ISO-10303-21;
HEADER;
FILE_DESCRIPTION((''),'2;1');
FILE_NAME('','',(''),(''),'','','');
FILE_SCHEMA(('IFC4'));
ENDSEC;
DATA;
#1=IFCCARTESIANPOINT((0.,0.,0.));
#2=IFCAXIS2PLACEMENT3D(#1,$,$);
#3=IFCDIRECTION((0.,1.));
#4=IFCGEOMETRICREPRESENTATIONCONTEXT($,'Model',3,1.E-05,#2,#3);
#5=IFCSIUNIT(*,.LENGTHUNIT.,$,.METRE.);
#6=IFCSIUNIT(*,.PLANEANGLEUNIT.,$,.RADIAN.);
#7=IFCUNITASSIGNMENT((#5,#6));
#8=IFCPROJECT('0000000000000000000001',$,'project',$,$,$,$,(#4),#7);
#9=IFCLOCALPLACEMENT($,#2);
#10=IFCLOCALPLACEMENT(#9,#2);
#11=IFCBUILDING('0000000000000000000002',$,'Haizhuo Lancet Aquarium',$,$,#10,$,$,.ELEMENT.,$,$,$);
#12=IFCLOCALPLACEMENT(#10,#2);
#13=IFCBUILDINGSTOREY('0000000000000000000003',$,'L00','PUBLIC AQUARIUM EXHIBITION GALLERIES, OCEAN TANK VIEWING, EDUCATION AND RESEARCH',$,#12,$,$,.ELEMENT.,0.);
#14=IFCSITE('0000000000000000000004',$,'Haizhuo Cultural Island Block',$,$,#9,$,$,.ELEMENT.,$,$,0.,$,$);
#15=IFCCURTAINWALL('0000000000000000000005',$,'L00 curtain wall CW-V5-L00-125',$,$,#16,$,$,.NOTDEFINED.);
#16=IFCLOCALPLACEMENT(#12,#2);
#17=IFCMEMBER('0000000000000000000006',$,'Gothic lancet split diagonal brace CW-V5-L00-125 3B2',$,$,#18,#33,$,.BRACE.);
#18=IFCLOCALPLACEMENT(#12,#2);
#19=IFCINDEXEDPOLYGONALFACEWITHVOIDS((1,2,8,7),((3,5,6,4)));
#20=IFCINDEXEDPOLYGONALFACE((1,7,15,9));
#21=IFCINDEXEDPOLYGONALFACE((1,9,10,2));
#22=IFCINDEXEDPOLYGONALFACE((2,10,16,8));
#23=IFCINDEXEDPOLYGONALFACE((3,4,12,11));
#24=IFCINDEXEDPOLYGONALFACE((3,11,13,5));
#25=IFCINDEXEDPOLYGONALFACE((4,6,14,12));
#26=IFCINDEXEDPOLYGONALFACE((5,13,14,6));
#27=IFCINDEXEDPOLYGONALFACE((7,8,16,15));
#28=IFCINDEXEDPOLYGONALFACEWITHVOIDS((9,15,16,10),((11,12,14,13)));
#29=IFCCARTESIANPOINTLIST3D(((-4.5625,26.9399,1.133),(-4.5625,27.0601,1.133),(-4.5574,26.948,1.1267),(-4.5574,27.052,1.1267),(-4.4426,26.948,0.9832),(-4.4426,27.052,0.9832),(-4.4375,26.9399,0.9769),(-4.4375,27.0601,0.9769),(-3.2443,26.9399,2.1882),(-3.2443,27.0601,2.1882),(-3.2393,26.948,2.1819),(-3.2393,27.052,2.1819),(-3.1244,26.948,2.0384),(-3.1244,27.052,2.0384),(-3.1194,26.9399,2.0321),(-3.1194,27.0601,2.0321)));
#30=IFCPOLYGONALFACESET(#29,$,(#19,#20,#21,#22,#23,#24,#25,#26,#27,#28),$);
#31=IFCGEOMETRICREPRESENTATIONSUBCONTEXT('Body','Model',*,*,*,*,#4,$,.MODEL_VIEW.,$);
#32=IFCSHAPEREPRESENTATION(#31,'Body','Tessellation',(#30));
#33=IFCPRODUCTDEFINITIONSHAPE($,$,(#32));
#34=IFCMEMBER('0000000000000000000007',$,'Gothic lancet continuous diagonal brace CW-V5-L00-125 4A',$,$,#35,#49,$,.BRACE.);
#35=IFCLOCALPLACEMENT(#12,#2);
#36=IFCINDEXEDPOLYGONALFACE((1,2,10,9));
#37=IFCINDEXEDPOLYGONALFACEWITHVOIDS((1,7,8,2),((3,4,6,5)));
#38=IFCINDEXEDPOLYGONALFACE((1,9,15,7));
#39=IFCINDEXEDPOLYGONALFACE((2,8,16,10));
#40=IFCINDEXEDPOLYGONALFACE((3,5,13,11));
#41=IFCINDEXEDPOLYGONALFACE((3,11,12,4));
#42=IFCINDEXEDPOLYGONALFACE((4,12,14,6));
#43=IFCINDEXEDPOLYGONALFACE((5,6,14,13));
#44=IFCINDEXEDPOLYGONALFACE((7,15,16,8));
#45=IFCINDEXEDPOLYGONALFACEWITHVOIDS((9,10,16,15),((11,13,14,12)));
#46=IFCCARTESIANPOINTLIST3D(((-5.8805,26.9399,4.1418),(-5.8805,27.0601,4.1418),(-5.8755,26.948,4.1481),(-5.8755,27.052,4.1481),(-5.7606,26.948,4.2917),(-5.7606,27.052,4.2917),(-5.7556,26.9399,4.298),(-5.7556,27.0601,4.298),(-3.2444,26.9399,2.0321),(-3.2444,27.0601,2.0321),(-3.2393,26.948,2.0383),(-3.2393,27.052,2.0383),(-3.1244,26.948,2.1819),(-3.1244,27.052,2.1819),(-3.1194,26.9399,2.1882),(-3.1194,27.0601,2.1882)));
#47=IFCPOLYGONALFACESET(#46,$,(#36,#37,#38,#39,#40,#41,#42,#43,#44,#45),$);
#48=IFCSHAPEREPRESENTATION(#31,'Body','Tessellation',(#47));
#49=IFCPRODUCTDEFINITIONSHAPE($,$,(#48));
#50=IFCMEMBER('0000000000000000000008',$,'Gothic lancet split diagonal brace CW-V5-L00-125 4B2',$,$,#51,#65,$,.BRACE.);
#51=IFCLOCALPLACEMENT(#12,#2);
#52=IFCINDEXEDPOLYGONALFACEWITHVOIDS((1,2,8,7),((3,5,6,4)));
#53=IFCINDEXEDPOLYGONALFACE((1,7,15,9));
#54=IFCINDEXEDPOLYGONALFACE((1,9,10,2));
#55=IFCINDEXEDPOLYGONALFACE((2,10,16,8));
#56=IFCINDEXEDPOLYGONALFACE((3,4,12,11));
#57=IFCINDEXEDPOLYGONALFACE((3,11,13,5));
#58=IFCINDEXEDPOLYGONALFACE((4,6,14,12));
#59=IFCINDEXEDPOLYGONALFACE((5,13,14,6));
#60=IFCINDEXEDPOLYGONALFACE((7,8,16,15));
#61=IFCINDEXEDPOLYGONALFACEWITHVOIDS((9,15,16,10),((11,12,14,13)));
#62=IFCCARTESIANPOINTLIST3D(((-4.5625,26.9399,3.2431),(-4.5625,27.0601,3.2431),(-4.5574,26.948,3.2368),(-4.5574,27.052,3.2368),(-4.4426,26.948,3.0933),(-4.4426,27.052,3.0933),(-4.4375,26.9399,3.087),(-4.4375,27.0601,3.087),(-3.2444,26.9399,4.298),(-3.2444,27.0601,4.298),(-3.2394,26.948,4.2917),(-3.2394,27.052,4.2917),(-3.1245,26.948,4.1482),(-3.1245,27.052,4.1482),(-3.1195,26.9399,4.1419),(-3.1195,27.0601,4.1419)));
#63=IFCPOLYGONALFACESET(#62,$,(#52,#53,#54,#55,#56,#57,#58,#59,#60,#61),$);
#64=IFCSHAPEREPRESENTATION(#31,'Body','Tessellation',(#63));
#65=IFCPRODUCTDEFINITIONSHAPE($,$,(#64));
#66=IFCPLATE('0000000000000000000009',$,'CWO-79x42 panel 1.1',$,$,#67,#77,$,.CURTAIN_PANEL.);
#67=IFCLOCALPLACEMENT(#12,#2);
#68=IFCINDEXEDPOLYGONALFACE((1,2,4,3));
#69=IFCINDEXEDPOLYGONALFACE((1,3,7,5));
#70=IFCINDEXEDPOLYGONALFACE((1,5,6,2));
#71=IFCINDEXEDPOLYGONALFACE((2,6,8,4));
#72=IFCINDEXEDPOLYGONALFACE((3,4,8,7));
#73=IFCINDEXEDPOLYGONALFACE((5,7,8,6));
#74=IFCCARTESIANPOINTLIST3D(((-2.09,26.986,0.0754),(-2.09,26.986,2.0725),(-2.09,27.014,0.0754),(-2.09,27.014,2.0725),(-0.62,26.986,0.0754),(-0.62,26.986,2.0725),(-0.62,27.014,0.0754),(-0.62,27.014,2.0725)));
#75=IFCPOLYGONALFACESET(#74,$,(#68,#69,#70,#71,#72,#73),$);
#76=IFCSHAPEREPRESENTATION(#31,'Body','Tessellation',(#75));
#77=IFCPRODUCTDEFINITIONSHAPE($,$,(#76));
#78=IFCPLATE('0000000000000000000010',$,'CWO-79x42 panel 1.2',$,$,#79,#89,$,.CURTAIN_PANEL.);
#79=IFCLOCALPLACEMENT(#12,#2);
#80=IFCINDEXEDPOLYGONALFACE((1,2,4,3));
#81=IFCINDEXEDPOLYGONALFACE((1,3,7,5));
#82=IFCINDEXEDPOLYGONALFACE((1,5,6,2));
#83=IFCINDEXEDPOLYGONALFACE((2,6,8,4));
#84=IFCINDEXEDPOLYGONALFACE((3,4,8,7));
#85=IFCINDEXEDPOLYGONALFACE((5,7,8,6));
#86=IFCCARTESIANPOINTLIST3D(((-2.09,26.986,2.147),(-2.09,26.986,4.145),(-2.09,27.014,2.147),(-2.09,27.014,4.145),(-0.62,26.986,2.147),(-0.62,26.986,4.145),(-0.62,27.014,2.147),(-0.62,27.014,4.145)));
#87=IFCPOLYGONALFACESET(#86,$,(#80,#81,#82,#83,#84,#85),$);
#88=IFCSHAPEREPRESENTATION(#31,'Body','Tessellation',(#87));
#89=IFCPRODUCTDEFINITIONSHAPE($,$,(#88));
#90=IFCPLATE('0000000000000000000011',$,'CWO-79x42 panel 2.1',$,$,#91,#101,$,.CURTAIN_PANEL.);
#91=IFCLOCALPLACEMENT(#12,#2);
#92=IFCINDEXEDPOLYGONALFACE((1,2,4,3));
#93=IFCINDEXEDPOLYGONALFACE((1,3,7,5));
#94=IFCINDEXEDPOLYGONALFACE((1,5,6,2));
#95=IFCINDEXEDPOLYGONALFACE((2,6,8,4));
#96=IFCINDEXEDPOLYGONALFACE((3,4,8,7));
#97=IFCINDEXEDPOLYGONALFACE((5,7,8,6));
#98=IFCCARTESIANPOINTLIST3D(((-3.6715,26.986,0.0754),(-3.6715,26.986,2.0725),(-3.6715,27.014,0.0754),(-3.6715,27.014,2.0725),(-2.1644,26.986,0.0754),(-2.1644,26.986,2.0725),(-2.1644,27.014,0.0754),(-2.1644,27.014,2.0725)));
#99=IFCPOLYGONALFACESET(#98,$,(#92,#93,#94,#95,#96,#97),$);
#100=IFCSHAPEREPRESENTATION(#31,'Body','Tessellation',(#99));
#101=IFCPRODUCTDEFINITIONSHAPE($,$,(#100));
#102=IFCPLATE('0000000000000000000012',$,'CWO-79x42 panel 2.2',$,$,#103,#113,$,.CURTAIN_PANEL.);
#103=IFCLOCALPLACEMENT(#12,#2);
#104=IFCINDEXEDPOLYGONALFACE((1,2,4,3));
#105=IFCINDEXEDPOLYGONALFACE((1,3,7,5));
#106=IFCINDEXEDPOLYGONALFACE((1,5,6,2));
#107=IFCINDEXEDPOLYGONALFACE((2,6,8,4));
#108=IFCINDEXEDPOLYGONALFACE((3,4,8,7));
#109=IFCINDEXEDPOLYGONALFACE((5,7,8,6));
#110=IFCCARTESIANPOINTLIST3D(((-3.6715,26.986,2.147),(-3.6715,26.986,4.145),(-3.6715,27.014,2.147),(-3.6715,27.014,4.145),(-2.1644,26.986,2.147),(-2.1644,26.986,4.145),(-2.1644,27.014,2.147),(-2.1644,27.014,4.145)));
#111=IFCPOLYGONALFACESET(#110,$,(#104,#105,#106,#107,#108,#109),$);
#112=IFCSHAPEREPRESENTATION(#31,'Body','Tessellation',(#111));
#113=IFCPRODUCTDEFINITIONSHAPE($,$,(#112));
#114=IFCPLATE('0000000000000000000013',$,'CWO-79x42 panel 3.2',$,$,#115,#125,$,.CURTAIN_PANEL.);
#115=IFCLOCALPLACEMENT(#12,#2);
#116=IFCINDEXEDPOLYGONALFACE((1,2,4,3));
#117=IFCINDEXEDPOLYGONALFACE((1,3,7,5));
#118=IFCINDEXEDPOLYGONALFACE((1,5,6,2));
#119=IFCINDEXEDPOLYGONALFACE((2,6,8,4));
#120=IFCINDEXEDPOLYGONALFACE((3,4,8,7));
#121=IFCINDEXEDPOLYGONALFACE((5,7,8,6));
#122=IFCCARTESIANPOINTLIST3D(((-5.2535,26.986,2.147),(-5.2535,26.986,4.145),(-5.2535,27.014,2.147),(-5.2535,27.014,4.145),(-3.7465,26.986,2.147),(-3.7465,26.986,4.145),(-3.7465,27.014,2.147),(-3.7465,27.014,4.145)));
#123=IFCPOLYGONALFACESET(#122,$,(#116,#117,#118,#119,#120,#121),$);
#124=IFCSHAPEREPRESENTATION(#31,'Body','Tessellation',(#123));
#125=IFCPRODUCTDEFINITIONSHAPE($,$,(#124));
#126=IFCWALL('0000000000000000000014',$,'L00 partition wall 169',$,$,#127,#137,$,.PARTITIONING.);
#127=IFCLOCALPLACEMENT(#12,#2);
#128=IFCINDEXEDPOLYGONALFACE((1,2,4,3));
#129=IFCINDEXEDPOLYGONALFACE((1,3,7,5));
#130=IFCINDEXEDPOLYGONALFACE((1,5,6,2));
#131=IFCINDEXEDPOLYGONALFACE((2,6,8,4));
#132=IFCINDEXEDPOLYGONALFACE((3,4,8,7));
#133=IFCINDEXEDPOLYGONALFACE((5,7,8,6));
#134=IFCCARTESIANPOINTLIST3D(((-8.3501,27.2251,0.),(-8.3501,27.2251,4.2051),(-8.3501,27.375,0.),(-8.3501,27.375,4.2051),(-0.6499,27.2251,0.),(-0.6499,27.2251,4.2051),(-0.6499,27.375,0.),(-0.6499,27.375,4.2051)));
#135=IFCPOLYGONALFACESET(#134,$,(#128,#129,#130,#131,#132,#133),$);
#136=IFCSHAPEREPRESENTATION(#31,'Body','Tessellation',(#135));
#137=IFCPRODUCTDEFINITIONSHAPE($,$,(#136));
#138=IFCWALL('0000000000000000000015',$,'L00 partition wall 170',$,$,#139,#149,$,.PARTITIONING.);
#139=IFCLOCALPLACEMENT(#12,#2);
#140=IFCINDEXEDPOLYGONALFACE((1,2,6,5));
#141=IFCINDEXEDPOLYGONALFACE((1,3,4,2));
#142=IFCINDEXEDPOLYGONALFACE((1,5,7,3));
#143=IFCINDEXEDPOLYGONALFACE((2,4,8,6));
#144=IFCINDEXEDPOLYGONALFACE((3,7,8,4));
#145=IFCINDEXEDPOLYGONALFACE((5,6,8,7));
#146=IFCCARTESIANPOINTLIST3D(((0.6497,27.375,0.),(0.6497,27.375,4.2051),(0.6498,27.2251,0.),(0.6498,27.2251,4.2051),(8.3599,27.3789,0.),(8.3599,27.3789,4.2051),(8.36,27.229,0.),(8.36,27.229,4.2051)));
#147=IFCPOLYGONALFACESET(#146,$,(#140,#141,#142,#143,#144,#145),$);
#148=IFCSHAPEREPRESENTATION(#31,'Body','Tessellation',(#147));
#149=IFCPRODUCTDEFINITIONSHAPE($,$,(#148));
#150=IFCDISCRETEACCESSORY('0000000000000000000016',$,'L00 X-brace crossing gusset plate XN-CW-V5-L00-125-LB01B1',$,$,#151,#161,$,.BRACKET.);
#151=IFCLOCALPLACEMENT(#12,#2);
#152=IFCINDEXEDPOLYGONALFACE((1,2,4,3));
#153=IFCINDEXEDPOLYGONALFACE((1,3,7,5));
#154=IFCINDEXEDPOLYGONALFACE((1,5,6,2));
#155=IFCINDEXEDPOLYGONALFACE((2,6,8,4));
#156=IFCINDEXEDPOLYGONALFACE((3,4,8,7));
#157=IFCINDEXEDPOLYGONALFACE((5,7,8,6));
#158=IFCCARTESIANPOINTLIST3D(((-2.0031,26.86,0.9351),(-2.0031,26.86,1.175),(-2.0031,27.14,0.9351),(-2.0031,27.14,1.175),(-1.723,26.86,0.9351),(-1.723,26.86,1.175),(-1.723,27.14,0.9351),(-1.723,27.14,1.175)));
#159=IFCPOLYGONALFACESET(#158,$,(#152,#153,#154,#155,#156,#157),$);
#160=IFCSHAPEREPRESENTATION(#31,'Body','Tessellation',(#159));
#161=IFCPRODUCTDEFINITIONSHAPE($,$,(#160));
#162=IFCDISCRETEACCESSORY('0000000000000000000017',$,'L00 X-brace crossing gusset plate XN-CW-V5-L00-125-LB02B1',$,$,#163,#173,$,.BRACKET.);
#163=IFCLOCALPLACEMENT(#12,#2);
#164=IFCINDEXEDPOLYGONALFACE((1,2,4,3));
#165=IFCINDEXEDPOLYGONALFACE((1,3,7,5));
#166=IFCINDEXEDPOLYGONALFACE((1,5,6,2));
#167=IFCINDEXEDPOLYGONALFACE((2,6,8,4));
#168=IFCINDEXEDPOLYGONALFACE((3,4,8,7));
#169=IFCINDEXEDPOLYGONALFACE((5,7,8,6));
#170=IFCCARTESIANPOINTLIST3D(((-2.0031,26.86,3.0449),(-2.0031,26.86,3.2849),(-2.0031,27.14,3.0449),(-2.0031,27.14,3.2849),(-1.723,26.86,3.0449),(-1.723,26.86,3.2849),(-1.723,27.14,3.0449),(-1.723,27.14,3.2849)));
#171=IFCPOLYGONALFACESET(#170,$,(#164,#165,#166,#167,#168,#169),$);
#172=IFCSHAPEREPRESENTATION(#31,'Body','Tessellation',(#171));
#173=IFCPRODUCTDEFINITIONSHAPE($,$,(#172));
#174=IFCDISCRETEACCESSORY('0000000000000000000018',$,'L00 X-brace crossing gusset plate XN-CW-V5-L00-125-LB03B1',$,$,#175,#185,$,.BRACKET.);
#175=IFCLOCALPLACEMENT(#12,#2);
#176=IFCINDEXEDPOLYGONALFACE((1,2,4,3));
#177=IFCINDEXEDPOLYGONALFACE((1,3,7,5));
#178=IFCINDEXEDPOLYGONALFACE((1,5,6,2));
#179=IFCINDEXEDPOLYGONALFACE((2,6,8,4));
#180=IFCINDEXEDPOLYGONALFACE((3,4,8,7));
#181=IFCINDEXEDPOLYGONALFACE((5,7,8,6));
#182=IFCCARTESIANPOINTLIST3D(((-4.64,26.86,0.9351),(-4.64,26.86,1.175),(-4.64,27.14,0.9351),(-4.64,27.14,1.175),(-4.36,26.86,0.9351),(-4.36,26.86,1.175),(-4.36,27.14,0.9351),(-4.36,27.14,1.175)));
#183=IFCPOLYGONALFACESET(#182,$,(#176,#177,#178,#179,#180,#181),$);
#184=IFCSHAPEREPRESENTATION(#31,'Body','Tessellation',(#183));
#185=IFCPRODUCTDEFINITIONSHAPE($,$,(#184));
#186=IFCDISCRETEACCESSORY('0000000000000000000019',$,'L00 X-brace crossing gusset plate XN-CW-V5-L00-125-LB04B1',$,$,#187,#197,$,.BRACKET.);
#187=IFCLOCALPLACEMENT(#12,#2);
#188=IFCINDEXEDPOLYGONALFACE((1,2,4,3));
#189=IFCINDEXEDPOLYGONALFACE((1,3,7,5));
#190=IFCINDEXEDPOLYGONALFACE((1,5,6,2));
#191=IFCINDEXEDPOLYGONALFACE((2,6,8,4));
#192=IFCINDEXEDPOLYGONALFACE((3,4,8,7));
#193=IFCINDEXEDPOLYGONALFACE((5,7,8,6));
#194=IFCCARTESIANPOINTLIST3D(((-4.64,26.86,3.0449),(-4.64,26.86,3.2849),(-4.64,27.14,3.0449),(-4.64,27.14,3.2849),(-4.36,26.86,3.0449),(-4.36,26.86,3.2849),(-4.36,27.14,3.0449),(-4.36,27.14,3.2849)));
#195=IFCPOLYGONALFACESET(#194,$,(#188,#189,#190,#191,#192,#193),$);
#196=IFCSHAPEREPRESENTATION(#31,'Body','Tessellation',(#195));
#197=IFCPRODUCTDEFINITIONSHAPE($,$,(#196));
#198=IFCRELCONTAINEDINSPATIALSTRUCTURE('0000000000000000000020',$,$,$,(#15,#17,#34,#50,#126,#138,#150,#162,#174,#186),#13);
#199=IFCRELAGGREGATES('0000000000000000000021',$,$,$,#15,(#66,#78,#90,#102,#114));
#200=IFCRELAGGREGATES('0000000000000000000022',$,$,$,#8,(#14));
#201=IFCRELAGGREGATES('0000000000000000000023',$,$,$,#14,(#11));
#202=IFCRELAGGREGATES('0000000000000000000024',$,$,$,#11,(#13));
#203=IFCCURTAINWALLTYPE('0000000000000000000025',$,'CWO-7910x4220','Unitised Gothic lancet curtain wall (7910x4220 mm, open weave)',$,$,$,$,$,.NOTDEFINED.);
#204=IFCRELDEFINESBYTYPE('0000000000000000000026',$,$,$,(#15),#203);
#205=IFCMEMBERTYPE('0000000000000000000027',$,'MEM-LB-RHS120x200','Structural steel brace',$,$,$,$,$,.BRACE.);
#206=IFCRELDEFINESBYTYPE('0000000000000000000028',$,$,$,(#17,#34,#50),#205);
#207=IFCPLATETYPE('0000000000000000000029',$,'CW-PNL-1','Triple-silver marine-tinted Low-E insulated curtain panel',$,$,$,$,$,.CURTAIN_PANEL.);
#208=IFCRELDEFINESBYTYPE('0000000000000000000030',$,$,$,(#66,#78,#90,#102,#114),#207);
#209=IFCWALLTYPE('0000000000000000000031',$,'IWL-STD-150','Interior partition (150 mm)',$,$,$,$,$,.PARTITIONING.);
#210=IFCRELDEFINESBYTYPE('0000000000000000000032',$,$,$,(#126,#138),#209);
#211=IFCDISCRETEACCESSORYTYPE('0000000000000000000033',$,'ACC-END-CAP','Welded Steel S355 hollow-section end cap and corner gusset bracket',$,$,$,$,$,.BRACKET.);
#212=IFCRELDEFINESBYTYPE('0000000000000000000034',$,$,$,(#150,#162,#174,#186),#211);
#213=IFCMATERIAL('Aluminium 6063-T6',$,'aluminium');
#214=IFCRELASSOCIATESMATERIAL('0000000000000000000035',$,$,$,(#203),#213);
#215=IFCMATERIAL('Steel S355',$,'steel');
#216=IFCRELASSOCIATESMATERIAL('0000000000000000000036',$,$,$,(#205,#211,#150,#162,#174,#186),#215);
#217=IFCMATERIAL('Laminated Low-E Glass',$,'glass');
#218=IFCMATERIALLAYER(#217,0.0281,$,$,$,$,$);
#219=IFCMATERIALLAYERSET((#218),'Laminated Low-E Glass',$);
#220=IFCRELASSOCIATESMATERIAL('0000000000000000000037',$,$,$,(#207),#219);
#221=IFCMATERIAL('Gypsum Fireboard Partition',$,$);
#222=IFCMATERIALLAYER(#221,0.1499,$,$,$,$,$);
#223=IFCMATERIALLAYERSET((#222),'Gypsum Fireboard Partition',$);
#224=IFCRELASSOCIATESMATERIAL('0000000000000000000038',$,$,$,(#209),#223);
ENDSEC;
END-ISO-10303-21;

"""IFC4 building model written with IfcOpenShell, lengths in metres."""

from ifc_helpers import new_model, si_unit, direction, frame, frame_2d, origin, origin_2d, place, context, subcontext, project, spatial, rectangle, hollow_rectangle, extrude, material, layer, layer_set, material_profile, profile_set, type_object, element, aggregate, save


model = new_model("IFC4")

# Units and contexts
model_context = context("Model", 3, precision=1e-05, world=origin(), true_north=direction((0.0, 1.0)))
body_context = subcontext(model_context, "Body", "Model", "MODEL_VIEW")
ifc_project = project(units=[si_unit("LENGTHUNIT", "METRE"), si_unit("PLANEANGLEUNIT", "RADIAN")], contexts=[model_context])

# Site, building, storey
site_placement = place(None, origin())
site = spatial("IfcSite", under=ifc_project, at=site_placement, Name="Haizhuo Cultural Island Block", CompositionType="ELEMENT", RefElevation=0.0)
building_placement = place(site_placement, origin())
building = spatial("IfcBuilding", under=site, at=building_placement, Name="Haizhuo Lancet Aquarium", CompositionType="ELEMENT")
storey_placement = place(building_placement, origin())
storey = spatial("IfcBuildingStorey", under=building, at=storey_placement, Name="L00", Description="PUBLIC AQUARIUM EXHIBITION GALLERIES, OCEAN TANK VIEWING, EDUCATION AND RESEARCH", CompositionType="ELEMENT", Elevation=0.0)

# Curtain wall
ifc_material_1 = material(Name="Aluminium 6063-T6", Category="aluminium")
curtain_wall_type = type_object("IfcCurtainWallType", Name="CWO-7910x4220", Description="Unitised Gothic lancet curtain wall (7910x4220 mm, open weave)", PredefinedType="NOTDEFINED", material=ifc_material_1)
curtain_wall_placement = place(storey_placement, origin())
curtain_wall = element("IfcCurtainWall", 1, at=curtain_wall_placement, inside=storey, type_object=curtain_wall_type, Name="L00 curtain wall CW-V5-L00-125", PredefinedType="NOTDEFINED")

# Members
ifc_material_2 = material(Name="Steel S355", Category="steel")
ifc_material_profile_1 = material_profile(ifc_material_2, hollow_rectangle(XDim=0.1201, YDim=0.2, WallThickness=0.0081, at=origin_2d()), Name="RHS 120x200x8")
ifc_profile_set_1 = profile_set([ifc_material_profile_1], Name="Steel S355")
member_type_1 = type_object("IfcMemberType", Name="MEM-LB-RHS120x200", Description="Structural steel brace", PredefinedType="BRACE", material=ifc_profile_set_1)
member_1_placement = place(storey_placement, frame((-4.5, 27.0, 1.0549), z_axis=(0.780671, 0.0, 0.624942), x_axis=(0.0, 1.0, 0.0)))
element("IfcMember", 2, at=member_1_placement, inside=storey, type_object=member_type_1, Name="Gothic lancet split diagonal brace CW-V5-L00-125 3B2", PredefinedType="BRACE", context=body_context, shape_type="SweptSolid", body=[
    extrude(hollow_rectangle(XDim=0.1201, YDim=0.2, WallThickness=0.0081, at=origin_2d()), origin(), (0.0, 0.0, 1.0), 1.6885),
])
member_2_placement = place(storey_placement, frame((-3.1819, 27.0, 2.1101), z_axis=(-0.780742, 0.0, 0.624854), x_axis=(0.0, -1.0, 0.0)))
element("IfcMember", 3, at=member_2_placement, inside=storey, type_object=member_type_1, Name="Gothic lancet continuous diagonal brace CW-V5-L00-125 4A", PredefinedType="BRACE", context=body_context, shape_type="SweptSolid", body=[
    extrude(hollow_rectangle(XDim=0.1201, YDim=0.2, WallThickness=0.0081, at=origin_2d()), origin(), (0.0, 0.0, 1.0), 3.3765),
])
member_3_placement = place(storey_placement, frame((-4.5, 27.0, 3.165), z_axis=(0.780742, 0.0, 0.624854), x_axis=(0.0, 1.0, 0.0)))
element("IfcMember", 4, at=member_3_placement, inside=storey, type_object=member_type_1, Name="Gothic lancet split diagonal brace CW-V5-L00-125 4B2", PredefinedType="BRACE", context=body_context, shape_type="SweptSolid", body=[
    extrude(hollow_rectangle(XDim=0.1201, YDim=0.2, WallThickness=0.0081, at=origin_2d()), origin(), (0.0, 0.0, 1.0), 1.6882),
])

# Plates
ifc_material_3 = material(Name="Laminated Low-E Glass", Category="glass")
ifc_layer_1 = layer(ifc_material_3, 0.0281)
ifc_layer_set_1 = layer_set([ifc_layer_1], Name="Laminated Low-E Glass")
plate_type = type_object("IfcPlateType", Name="CW-PNL-1", Description="Triple-silver marine-tinted Low-E insulated curtain panel", PredefinedType="CURTAIN_PANEL", material=ifc_layer_set_1)
plate_1_placement = place(storey_placement, frame((-1.355, 27.0, 0.0754), z_axis=(0.0, 0.0, 1.0), x_axis=(-1.0, 0.0, 0.0)))
plate_1 = element("IfcPlate", 5, at=plate_1_placement, type_object=plate_type, Name="CWO-79x42 panel 1.1", PredefinedType="CURTAIN_PANEL", context=body_context, shape_type="SweptSolid", body=[
    extrude(rectangle(XDim=1.47, YDim=0.0281, at=origin_2d()), origin(), (0.0, 0.0, 1.0), 1.9971),
])
plate_2_placement = place(storey_placement, frame((-1.355, 27.0, 2.147), z_axis=(0.0, 0.0, 1.0), x_axis=(-1.0, 0.0, 0.0)))
plate_2 = element("IfcPlate", 6, at=plate_2_placement, type_object=plate_type, Name="CWO-79x42 panel 1.2", PredefinedType="CURTAIN_PANEL", context=body_context, shape_type="SweptSolid", body=[
    extrude(rectangle(XDim=1.47, YDim=0.0281, at=origin_2d()), origin(), (0.0, 0.0, 1.0), 1.998),
])
plate_3_placement = place(storey_placement, frame((-2.918, 27.0, 0.0754), z_axis=(0.0, 0.0, 1.0), x_axis=(-1.0, 0.0, 0.0)))
plate_3 = element("IfcPlate", 7, at=plate_3_placement, type_object=plate_type, Name="CWO-79x42 panel 2.1", PredefinedType="CURTAIN_PANEL", context=body_context, shape_type="SweptSolid", body=[
    extrude(rectangle(XDim=1.5071, YDim=0.0281, at=origin_2d()), origin(), (0.0, 0.0, 1.0), 1.9971),
])
plate_4_placement = place(storey_placement, frame((-2.918, 27.0, 2.147), z_axis=(0.0, 0.0, 1.0), x_axis=(-1.0, 0.0, 0.0)))
plate_4 = element("IfcPlate", 8, at=plate_4_placement, type_object=plate_type, Name="CWO-79x42 panel 2.2", PredefinedType="CURTAIN_PANEL", context=body_context, shape_type="SweptSolid", body=[
    extrude(rectangle(XDim=1.5071, YDim=0.0281, at=origin_2d()), origin(), (0.0, 0.0, 1.0), 1.998),
])
plate_5_placement = place(storey_placement, frame((-4.5, 27.0, 2.147), z_axis=(0.0, 0.0, 1.0), x_axis=(-1.0, 0.0, 0.0)))
plate_5 = element("IfcPlate", 9, at=plate_5_placement, type_object=plate_type, Name="CWO-79x42 panel 3.2", PredefinedType="CURTAIN_PANEL", context=body_context, shape_type="SweptSolid", body=[
    extrude(rectangle(XDim=1.5071, YDim=0.0281, at=origin_2d()), origin(), (0.0, 0.0, 1.0), 1.998),
])
aggregate(curtain_wall, [plate_1, plate_2, plate_3, plate_4, plate_5])

# Walls
ifc_material_4 = material(Name="Gypsum Fireboard Partition")
ifc_layer_2 = layer(ifc_material_4, 0.1499)
ifc_layer_set_2 = layer_set([ifc_layer_2], Name="Gypsum Fireboard Partition")
wall_type = type_object("IfcWallType", Name="IWL-STD-150", Description="Interior partition (150 mm)", PredefinedType="PARTITIONING", material=ifc_layer_set_2)
wall_1_placement = place(storey_placement, frame((-8.3501, 27.3, 0.0), z_axis=(0.0, 0.0, 1.0), x_axis=(1.0, 0.0, 0.0)))
element("IfcWall", 10, at=wall_1_placement, inside=storey, type_object=wall_type, Name="L00 partition wall 169", PredefinedType="PARTITIONING", context=body_context, shape_type="SweptSolid", body=[
    extrude(rectangle(XDim=7.7002, YDim=0.1499, at=frame_2d((3.8501, 0.0))), origin(), (0.0, 0.0, 1.0), 4.2051),
])
wall_2_placement = place(storey_placement, frame((0.6499, 27.3, 0.0), z_axis=(0.0, 0.0, 1.0), x_axis=(1.0, 0.000507, 0.0)))
element("IfcWall", 11, at=wall_2_placement, inside=storey, type_object=wall_type, Name="L00 partition wall 170", PredefinedType="PARTITIONING", context=body_context, shape_type="SweptSolid", body=[
    extrude(rectangle(XDim=7.7102, YDim=0.1499, at=frame_2d((3.855, 0.0))), origin(), (0.0, 0.0, 1.0), 4.2051),
])

# Discrete accessories
discrete_accessory_type = type_object("IfcDiscreteAccessoryType", Name="ACC-END-CAP", Description="Welded Steel S355 hollow-section end cap and corner gusset bracket", PredefinedType="BRACKET", material=ifc_material_2)
for number, where, z_axis, x_axis, name in (
    (12, (-1.863, 27.0, 0.9351), (0.0, 0.0, 1.0), (1.0, 0.0, 0.0), "L00 X-brace crossing gusset plate XN-CW-V5-L00-125-LB01B1"),
    (13, (-1.863, 27.0, 3.0449), (0.0, 0.0, 1.0), (1.0, 0.0, 0.0), "L00 X-brace crossing gusset plate XN-CW-V5-L00-125-LB02B1"),
    (14, (-4.5, 27.0, 0.9351), (0.0, 0.0, 1.0), (1.0, 0.0, 0.0), "L00 X-brace crossing gusset plate XN-CW-V5-L00-125-LB03B1"),
    (15, (-4.5, 27.0, 3.0449), (0.0, 0.0, 1.0), (1.0, 0.0, 0.0), "L00 X-brace crossing gusset plate XN-CW-V5-L00-125-LB04B1"),
):
    element("IfcDiscreteAccessory", number, at=place(storey_placement, frame(where, z_axis=z_axis, x_axis=x_axis)), inside=storey, type_object=discrete_accessory_type, material=ifc_material_2, Name=name, PredefinedType="BRACKET", context=body_context, shape_type="SweptSolid", body=[
        extrude(rectangle(XDim=0.28, YDim=0.28, at=origin_2d()), origin(), (0.0, 0.0, 1.0), 0.24),
    ])

save(model, "model.ifc")
